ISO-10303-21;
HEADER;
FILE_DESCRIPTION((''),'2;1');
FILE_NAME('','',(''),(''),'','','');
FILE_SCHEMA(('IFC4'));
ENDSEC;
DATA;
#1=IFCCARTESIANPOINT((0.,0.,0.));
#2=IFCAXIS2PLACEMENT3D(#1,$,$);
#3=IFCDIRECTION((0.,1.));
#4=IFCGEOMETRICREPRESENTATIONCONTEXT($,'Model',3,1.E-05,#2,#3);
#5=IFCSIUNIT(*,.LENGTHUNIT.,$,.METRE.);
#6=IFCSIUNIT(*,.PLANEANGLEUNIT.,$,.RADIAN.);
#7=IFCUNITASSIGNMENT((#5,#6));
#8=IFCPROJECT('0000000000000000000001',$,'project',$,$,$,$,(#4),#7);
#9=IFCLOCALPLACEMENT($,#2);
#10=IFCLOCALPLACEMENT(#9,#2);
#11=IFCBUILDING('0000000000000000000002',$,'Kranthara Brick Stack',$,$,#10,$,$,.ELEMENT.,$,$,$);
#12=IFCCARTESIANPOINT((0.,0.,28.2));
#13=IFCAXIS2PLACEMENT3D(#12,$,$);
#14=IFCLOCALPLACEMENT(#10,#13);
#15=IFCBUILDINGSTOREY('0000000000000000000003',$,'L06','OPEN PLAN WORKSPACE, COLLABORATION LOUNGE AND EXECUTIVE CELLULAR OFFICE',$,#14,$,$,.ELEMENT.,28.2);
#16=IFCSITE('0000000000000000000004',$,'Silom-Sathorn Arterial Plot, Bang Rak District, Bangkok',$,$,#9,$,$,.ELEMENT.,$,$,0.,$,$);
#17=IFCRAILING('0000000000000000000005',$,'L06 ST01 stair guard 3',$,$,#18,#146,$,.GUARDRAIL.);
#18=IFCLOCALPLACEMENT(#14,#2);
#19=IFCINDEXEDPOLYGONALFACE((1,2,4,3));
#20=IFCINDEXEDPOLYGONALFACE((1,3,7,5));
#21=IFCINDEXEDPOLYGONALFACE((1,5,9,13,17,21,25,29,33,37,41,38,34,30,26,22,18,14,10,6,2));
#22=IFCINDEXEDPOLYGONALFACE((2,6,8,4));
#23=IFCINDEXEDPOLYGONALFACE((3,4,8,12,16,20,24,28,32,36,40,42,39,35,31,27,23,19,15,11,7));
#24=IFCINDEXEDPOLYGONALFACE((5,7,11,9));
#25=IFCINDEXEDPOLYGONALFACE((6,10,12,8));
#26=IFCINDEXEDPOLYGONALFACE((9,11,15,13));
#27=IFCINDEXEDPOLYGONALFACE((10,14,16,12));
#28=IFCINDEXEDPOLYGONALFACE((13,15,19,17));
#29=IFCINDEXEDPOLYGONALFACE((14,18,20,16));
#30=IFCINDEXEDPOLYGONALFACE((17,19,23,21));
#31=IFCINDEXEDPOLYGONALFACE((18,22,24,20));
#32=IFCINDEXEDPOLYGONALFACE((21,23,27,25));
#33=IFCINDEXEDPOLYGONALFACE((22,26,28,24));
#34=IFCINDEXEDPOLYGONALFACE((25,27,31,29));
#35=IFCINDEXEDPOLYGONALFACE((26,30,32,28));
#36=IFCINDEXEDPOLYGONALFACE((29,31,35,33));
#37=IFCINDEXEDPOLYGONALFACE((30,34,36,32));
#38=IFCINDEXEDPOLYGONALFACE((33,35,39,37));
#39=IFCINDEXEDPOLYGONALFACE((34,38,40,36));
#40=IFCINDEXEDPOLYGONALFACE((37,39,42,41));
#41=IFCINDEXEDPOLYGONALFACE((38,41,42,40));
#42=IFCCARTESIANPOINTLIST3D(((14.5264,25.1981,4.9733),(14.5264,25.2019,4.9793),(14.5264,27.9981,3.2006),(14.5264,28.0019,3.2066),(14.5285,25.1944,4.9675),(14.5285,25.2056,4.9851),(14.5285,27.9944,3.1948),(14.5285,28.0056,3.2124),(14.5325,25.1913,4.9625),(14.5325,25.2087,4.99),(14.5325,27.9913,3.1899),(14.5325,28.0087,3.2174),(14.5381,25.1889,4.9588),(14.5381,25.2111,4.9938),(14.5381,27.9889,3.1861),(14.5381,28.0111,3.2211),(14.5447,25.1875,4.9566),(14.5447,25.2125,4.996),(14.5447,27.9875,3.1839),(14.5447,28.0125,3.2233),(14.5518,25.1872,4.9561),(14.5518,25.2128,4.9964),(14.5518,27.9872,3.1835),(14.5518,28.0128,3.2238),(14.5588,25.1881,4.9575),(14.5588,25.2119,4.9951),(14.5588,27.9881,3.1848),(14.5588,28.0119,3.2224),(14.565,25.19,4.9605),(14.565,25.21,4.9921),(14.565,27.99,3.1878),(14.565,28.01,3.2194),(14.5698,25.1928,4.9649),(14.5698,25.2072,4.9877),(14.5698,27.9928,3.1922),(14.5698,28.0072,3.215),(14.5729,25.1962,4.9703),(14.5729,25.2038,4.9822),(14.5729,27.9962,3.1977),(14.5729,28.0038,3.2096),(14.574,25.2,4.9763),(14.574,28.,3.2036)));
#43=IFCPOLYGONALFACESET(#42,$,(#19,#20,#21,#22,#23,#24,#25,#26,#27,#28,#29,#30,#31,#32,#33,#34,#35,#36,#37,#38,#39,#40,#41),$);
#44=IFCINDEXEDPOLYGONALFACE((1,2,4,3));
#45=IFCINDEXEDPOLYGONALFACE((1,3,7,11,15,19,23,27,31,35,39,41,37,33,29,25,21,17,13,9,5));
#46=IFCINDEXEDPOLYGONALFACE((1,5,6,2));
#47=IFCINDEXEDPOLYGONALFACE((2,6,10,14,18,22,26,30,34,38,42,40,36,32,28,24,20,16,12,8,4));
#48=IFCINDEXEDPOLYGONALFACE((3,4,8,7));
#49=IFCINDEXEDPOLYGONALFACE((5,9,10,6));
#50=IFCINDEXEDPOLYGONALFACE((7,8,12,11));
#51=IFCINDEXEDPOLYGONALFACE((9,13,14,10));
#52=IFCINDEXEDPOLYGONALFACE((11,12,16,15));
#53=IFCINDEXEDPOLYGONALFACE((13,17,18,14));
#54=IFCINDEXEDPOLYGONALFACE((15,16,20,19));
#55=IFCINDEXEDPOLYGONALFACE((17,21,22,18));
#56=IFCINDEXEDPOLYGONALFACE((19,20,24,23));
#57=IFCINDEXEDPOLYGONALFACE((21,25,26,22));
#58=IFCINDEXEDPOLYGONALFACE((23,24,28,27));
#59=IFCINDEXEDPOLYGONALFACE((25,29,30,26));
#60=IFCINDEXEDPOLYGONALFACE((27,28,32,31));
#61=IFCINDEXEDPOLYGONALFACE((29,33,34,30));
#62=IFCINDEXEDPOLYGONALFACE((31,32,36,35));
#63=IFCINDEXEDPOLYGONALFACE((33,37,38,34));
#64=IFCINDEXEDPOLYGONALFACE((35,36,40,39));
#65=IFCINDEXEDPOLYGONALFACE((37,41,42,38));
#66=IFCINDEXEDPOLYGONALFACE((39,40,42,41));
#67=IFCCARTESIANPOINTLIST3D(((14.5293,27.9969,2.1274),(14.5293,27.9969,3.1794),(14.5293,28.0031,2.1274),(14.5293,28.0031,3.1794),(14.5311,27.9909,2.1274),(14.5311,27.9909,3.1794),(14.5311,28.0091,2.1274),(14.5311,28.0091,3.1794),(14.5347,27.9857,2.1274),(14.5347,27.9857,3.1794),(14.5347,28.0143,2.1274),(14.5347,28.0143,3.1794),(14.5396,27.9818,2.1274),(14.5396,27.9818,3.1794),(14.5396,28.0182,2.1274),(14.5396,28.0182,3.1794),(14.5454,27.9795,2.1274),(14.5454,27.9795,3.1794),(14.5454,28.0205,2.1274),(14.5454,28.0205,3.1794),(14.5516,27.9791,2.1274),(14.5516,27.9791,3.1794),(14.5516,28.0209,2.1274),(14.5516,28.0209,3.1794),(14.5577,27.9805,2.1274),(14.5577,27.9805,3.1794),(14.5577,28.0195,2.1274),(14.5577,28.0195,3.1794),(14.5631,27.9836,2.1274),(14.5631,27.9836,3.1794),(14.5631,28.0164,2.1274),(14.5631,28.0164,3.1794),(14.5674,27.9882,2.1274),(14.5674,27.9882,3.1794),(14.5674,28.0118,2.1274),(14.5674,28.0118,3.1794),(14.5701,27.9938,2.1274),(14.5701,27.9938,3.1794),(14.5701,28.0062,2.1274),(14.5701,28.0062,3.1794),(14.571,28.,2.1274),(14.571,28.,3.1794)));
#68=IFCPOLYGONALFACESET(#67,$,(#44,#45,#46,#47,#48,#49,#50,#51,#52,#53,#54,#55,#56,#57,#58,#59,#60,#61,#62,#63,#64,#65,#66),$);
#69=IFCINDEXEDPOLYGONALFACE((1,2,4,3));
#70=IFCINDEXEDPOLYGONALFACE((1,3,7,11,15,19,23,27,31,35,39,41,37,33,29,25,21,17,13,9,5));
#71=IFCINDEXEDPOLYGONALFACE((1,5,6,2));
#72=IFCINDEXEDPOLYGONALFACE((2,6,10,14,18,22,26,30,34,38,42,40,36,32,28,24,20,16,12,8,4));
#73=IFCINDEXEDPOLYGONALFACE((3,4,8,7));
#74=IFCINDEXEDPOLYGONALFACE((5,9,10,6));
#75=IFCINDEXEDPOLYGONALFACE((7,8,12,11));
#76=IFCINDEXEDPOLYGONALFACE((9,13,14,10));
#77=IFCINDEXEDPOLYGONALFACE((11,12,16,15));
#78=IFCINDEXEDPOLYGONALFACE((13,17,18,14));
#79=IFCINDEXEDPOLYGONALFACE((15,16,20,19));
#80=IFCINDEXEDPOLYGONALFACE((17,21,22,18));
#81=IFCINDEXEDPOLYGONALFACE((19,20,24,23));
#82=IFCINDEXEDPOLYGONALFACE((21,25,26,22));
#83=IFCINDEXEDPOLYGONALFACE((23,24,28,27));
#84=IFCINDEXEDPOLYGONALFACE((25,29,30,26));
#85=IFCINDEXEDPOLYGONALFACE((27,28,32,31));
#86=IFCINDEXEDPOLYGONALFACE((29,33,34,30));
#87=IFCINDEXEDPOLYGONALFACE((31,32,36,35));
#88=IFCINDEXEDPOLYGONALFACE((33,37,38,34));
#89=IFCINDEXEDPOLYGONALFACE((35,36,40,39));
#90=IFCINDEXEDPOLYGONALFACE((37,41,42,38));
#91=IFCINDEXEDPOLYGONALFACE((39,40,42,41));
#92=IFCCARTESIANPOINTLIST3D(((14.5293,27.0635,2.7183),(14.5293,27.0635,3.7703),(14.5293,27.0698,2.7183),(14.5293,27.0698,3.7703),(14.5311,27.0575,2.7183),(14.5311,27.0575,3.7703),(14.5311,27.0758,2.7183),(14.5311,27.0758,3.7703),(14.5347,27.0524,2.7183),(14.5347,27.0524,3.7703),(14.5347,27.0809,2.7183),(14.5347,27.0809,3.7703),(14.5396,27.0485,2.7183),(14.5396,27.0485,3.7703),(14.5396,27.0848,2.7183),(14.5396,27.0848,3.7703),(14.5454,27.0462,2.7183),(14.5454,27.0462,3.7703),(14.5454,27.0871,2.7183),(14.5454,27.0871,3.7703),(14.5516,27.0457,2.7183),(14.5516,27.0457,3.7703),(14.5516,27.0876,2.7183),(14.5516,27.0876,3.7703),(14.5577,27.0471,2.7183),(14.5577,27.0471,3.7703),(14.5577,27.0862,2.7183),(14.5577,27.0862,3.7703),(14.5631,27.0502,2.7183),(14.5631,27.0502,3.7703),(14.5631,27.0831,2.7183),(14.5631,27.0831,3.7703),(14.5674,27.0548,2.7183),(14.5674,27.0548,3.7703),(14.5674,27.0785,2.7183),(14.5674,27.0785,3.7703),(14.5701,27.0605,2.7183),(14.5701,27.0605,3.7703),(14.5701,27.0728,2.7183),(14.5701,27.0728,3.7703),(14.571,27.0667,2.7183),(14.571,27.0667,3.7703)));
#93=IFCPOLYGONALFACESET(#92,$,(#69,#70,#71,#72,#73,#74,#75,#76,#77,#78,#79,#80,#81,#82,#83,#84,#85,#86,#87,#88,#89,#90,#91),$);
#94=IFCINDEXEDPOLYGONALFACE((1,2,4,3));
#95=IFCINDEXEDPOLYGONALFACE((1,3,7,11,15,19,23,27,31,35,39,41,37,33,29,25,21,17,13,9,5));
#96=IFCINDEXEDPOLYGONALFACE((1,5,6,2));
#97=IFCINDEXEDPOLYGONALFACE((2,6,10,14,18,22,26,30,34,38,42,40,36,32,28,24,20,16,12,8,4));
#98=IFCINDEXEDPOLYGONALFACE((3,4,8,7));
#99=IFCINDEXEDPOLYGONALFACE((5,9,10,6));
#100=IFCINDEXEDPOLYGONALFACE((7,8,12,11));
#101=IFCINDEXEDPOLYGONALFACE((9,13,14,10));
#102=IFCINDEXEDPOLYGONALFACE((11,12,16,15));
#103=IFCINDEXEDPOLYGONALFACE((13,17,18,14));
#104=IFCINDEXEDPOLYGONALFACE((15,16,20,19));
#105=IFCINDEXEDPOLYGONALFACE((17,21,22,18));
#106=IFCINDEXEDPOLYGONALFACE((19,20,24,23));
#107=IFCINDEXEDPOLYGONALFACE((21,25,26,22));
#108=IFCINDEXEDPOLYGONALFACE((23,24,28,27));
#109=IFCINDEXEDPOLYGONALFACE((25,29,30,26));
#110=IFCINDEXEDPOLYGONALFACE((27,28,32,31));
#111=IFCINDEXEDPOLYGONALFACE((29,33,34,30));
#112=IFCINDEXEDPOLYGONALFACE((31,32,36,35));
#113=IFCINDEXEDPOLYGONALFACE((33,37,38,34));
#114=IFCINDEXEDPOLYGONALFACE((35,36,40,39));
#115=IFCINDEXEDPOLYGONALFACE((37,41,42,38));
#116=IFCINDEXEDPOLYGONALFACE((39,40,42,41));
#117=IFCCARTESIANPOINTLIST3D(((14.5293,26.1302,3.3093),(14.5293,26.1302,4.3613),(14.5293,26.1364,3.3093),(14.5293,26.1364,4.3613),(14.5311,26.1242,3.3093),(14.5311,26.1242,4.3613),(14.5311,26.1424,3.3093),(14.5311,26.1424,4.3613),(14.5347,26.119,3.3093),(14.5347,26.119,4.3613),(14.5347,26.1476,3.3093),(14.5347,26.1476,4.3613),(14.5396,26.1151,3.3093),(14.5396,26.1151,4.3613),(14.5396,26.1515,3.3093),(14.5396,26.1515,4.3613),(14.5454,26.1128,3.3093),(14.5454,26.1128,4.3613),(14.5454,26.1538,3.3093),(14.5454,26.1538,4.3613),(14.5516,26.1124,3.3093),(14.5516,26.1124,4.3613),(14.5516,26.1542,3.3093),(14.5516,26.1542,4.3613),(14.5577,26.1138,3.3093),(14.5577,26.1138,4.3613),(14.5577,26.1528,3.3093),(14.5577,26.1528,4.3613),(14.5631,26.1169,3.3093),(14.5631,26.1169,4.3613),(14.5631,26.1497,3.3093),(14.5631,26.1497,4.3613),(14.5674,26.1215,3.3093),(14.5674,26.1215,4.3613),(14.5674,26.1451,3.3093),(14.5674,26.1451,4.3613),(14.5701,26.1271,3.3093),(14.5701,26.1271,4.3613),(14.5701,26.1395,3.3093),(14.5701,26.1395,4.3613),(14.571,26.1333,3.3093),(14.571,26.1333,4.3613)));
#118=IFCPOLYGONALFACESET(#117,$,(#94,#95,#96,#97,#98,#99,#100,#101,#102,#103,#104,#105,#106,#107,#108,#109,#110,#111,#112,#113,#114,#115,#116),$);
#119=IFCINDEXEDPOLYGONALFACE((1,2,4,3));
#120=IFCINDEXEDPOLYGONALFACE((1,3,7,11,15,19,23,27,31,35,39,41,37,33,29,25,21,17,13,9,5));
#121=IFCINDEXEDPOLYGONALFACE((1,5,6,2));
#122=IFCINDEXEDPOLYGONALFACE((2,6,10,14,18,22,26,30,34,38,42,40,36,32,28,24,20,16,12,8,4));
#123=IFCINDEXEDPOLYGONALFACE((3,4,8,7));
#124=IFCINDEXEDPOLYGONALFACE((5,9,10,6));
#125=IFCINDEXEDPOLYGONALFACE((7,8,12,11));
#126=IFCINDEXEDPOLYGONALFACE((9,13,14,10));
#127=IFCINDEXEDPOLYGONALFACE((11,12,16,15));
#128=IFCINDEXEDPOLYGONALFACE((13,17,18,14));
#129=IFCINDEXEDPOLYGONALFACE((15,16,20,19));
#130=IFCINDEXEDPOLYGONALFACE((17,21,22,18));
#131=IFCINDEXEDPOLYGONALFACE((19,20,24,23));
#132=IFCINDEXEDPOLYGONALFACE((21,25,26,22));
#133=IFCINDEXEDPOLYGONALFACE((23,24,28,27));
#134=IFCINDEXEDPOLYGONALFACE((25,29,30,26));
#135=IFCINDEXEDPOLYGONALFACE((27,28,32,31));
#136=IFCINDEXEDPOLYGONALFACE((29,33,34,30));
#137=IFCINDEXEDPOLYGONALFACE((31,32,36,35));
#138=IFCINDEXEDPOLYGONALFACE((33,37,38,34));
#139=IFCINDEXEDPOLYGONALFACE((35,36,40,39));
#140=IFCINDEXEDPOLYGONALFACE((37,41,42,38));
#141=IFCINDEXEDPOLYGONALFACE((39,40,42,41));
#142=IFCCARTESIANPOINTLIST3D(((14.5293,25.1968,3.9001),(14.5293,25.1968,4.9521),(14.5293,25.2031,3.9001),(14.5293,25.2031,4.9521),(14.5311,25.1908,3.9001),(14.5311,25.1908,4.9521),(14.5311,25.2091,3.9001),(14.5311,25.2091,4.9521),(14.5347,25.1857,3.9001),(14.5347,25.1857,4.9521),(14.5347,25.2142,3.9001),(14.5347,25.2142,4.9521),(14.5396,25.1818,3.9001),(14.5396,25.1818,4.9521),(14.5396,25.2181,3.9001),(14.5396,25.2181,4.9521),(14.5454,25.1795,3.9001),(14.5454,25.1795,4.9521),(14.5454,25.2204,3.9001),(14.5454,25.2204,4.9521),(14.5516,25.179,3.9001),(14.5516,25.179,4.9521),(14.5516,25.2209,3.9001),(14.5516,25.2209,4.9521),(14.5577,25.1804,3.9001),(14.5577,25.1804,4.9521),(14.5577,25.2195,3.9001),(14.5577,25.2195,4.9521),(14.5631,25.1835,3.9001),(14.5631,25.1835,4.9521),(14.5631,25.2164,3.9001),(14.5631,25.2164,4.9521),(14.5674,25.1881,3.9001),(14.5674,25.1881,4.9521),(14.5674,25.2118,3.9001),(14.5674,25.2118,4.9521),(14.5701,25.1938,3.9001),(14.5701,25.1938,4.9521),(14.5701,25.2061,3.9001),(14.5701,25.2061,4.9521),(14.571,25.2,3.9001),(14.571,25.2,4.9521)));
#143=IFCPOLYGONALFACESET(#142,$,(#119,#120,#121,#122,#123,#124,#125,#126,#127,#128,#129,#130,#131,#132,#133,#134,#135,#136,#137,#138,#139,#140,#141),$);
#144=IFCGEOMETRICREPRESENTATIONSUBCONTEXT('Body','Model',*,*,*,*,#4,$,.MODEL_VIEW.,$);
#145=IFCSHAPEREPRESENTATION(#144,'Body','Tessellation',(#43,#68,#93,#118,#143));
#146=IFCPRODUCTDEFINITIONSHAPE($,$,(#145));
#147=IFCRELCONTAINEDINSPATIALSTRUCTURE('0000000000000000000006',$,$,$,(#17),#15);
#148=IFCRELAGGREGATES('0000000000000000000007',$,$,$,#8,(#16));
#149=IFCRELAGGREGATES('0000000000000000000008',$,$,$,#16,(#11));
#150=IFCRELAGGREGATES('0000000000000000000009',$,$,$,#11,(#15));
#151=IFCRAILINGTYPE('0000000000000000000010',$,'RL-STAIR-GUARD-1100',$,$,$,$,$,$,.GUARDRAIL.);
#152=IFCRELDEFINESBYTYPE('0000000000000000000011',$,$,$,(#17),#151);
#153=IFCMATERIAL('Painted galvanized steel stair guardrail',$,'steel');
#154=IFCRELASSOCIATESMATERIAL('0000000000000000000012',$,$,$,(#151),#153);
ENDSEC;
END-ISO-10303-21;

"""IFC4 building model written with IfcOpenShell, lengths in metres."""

from ifc_helpers import new_model, si_unit, direction, frame, origin, origin_2d, place, context, subcontext, project, spatial, circle, extrude, material, type_object, element, save


model = new_model("IFC4")

# Units and contexts
model_context = context("Model", 3, precision=1e-05, world=origin(), true_north=direction((0.0, 1.0)))
body_context = subcontext(model_context, "Body", "Model", "MODEL_VIEW")
ifc_project = project(units=[si_unit("LENGTHUNIT", "METRE"), si_unit("PLANEANGLEUNIT", "RADIAN")], contexts=[model_context])

# Site, building, storey
site_placement = place(None, origin())
site = spatial("IfcSite", under=ifc_project, at=site_placement, Name="Silom-Sathorn Arterial Plot, Bang Rak District, Bangkok", CompositionType="ELEMENT", RefElevation=0.0)
building_placement = place(site_placement, origin())
building = spatial("IfcBuilding", under=site, at=building_placement, Name="Kranthara Brick Stack", CompositionType="ELEMENT")
storey_placement = place(building_placement, frame((0.0, 0.0, 28.2)))
storey = spatial("IfcBuildingStorey", under=building, at=storey_placement, Name="L06", Description="OPEN PLAN WORKSPACE, COLLABORATION LOUNGE AND EXECUTIVE CELLULAR OFFICE", CompositionType="ELEMENT", Elevation=28.2)

# Railing
ifc_material_1 = material(Name="Painted galvanized steel stair guardrail", Category="steel")
railing_type_1 = type_object("IfcRailingType", Name="RL-STAIR-GUARD-1100", PredefinedType="GUARDRAIL", material=ifc_material_1)
railing_1_placement = place(storey_placement, frame((14.55, 28.0, 2.1274)))
element("IfcRailing", 1, at=railing_1_placement, inside=storey, type_object=railing_type_1, Name="L06 ST01 stair guard 3", PredefinedType="GUARDRAIL", context=body_context, shape_type="SweptSolid", body=[
    extrude(circle(Radius=0.0239, at=origin_2d()), frame((0.0, 0.0, 1.0762), z_axis=(0.0, -0.844909, 0.53491), x_axis=(1.0, 0.0, 0.0)), (0.0, 0.0, 1.0), 3.314),
    extrude(circle(Radius=0.021, at=origin_2d()), origin(), (0.0, 0.0, 1.0), 1.052),
    extrude(circle(Radius=0.021, at=origin_2d()), frame((0.0, -0.9333, 0.5908)), (0.0, 0.0, 1.0), 1.052),
    extrude(circle(Radius=0.021, at=origin_2d()), frame((0.0, -1.8667, 1.1819)), (0.0, 0.0, 1.0), 1.052),
    extrude(circle(Radius=0.021, at=origin_2d()), frame((0.0, -2.8, 1.7727)), (0.0, 0.0, 1.0), 1.052),
])

save(model, "model.ifc")
